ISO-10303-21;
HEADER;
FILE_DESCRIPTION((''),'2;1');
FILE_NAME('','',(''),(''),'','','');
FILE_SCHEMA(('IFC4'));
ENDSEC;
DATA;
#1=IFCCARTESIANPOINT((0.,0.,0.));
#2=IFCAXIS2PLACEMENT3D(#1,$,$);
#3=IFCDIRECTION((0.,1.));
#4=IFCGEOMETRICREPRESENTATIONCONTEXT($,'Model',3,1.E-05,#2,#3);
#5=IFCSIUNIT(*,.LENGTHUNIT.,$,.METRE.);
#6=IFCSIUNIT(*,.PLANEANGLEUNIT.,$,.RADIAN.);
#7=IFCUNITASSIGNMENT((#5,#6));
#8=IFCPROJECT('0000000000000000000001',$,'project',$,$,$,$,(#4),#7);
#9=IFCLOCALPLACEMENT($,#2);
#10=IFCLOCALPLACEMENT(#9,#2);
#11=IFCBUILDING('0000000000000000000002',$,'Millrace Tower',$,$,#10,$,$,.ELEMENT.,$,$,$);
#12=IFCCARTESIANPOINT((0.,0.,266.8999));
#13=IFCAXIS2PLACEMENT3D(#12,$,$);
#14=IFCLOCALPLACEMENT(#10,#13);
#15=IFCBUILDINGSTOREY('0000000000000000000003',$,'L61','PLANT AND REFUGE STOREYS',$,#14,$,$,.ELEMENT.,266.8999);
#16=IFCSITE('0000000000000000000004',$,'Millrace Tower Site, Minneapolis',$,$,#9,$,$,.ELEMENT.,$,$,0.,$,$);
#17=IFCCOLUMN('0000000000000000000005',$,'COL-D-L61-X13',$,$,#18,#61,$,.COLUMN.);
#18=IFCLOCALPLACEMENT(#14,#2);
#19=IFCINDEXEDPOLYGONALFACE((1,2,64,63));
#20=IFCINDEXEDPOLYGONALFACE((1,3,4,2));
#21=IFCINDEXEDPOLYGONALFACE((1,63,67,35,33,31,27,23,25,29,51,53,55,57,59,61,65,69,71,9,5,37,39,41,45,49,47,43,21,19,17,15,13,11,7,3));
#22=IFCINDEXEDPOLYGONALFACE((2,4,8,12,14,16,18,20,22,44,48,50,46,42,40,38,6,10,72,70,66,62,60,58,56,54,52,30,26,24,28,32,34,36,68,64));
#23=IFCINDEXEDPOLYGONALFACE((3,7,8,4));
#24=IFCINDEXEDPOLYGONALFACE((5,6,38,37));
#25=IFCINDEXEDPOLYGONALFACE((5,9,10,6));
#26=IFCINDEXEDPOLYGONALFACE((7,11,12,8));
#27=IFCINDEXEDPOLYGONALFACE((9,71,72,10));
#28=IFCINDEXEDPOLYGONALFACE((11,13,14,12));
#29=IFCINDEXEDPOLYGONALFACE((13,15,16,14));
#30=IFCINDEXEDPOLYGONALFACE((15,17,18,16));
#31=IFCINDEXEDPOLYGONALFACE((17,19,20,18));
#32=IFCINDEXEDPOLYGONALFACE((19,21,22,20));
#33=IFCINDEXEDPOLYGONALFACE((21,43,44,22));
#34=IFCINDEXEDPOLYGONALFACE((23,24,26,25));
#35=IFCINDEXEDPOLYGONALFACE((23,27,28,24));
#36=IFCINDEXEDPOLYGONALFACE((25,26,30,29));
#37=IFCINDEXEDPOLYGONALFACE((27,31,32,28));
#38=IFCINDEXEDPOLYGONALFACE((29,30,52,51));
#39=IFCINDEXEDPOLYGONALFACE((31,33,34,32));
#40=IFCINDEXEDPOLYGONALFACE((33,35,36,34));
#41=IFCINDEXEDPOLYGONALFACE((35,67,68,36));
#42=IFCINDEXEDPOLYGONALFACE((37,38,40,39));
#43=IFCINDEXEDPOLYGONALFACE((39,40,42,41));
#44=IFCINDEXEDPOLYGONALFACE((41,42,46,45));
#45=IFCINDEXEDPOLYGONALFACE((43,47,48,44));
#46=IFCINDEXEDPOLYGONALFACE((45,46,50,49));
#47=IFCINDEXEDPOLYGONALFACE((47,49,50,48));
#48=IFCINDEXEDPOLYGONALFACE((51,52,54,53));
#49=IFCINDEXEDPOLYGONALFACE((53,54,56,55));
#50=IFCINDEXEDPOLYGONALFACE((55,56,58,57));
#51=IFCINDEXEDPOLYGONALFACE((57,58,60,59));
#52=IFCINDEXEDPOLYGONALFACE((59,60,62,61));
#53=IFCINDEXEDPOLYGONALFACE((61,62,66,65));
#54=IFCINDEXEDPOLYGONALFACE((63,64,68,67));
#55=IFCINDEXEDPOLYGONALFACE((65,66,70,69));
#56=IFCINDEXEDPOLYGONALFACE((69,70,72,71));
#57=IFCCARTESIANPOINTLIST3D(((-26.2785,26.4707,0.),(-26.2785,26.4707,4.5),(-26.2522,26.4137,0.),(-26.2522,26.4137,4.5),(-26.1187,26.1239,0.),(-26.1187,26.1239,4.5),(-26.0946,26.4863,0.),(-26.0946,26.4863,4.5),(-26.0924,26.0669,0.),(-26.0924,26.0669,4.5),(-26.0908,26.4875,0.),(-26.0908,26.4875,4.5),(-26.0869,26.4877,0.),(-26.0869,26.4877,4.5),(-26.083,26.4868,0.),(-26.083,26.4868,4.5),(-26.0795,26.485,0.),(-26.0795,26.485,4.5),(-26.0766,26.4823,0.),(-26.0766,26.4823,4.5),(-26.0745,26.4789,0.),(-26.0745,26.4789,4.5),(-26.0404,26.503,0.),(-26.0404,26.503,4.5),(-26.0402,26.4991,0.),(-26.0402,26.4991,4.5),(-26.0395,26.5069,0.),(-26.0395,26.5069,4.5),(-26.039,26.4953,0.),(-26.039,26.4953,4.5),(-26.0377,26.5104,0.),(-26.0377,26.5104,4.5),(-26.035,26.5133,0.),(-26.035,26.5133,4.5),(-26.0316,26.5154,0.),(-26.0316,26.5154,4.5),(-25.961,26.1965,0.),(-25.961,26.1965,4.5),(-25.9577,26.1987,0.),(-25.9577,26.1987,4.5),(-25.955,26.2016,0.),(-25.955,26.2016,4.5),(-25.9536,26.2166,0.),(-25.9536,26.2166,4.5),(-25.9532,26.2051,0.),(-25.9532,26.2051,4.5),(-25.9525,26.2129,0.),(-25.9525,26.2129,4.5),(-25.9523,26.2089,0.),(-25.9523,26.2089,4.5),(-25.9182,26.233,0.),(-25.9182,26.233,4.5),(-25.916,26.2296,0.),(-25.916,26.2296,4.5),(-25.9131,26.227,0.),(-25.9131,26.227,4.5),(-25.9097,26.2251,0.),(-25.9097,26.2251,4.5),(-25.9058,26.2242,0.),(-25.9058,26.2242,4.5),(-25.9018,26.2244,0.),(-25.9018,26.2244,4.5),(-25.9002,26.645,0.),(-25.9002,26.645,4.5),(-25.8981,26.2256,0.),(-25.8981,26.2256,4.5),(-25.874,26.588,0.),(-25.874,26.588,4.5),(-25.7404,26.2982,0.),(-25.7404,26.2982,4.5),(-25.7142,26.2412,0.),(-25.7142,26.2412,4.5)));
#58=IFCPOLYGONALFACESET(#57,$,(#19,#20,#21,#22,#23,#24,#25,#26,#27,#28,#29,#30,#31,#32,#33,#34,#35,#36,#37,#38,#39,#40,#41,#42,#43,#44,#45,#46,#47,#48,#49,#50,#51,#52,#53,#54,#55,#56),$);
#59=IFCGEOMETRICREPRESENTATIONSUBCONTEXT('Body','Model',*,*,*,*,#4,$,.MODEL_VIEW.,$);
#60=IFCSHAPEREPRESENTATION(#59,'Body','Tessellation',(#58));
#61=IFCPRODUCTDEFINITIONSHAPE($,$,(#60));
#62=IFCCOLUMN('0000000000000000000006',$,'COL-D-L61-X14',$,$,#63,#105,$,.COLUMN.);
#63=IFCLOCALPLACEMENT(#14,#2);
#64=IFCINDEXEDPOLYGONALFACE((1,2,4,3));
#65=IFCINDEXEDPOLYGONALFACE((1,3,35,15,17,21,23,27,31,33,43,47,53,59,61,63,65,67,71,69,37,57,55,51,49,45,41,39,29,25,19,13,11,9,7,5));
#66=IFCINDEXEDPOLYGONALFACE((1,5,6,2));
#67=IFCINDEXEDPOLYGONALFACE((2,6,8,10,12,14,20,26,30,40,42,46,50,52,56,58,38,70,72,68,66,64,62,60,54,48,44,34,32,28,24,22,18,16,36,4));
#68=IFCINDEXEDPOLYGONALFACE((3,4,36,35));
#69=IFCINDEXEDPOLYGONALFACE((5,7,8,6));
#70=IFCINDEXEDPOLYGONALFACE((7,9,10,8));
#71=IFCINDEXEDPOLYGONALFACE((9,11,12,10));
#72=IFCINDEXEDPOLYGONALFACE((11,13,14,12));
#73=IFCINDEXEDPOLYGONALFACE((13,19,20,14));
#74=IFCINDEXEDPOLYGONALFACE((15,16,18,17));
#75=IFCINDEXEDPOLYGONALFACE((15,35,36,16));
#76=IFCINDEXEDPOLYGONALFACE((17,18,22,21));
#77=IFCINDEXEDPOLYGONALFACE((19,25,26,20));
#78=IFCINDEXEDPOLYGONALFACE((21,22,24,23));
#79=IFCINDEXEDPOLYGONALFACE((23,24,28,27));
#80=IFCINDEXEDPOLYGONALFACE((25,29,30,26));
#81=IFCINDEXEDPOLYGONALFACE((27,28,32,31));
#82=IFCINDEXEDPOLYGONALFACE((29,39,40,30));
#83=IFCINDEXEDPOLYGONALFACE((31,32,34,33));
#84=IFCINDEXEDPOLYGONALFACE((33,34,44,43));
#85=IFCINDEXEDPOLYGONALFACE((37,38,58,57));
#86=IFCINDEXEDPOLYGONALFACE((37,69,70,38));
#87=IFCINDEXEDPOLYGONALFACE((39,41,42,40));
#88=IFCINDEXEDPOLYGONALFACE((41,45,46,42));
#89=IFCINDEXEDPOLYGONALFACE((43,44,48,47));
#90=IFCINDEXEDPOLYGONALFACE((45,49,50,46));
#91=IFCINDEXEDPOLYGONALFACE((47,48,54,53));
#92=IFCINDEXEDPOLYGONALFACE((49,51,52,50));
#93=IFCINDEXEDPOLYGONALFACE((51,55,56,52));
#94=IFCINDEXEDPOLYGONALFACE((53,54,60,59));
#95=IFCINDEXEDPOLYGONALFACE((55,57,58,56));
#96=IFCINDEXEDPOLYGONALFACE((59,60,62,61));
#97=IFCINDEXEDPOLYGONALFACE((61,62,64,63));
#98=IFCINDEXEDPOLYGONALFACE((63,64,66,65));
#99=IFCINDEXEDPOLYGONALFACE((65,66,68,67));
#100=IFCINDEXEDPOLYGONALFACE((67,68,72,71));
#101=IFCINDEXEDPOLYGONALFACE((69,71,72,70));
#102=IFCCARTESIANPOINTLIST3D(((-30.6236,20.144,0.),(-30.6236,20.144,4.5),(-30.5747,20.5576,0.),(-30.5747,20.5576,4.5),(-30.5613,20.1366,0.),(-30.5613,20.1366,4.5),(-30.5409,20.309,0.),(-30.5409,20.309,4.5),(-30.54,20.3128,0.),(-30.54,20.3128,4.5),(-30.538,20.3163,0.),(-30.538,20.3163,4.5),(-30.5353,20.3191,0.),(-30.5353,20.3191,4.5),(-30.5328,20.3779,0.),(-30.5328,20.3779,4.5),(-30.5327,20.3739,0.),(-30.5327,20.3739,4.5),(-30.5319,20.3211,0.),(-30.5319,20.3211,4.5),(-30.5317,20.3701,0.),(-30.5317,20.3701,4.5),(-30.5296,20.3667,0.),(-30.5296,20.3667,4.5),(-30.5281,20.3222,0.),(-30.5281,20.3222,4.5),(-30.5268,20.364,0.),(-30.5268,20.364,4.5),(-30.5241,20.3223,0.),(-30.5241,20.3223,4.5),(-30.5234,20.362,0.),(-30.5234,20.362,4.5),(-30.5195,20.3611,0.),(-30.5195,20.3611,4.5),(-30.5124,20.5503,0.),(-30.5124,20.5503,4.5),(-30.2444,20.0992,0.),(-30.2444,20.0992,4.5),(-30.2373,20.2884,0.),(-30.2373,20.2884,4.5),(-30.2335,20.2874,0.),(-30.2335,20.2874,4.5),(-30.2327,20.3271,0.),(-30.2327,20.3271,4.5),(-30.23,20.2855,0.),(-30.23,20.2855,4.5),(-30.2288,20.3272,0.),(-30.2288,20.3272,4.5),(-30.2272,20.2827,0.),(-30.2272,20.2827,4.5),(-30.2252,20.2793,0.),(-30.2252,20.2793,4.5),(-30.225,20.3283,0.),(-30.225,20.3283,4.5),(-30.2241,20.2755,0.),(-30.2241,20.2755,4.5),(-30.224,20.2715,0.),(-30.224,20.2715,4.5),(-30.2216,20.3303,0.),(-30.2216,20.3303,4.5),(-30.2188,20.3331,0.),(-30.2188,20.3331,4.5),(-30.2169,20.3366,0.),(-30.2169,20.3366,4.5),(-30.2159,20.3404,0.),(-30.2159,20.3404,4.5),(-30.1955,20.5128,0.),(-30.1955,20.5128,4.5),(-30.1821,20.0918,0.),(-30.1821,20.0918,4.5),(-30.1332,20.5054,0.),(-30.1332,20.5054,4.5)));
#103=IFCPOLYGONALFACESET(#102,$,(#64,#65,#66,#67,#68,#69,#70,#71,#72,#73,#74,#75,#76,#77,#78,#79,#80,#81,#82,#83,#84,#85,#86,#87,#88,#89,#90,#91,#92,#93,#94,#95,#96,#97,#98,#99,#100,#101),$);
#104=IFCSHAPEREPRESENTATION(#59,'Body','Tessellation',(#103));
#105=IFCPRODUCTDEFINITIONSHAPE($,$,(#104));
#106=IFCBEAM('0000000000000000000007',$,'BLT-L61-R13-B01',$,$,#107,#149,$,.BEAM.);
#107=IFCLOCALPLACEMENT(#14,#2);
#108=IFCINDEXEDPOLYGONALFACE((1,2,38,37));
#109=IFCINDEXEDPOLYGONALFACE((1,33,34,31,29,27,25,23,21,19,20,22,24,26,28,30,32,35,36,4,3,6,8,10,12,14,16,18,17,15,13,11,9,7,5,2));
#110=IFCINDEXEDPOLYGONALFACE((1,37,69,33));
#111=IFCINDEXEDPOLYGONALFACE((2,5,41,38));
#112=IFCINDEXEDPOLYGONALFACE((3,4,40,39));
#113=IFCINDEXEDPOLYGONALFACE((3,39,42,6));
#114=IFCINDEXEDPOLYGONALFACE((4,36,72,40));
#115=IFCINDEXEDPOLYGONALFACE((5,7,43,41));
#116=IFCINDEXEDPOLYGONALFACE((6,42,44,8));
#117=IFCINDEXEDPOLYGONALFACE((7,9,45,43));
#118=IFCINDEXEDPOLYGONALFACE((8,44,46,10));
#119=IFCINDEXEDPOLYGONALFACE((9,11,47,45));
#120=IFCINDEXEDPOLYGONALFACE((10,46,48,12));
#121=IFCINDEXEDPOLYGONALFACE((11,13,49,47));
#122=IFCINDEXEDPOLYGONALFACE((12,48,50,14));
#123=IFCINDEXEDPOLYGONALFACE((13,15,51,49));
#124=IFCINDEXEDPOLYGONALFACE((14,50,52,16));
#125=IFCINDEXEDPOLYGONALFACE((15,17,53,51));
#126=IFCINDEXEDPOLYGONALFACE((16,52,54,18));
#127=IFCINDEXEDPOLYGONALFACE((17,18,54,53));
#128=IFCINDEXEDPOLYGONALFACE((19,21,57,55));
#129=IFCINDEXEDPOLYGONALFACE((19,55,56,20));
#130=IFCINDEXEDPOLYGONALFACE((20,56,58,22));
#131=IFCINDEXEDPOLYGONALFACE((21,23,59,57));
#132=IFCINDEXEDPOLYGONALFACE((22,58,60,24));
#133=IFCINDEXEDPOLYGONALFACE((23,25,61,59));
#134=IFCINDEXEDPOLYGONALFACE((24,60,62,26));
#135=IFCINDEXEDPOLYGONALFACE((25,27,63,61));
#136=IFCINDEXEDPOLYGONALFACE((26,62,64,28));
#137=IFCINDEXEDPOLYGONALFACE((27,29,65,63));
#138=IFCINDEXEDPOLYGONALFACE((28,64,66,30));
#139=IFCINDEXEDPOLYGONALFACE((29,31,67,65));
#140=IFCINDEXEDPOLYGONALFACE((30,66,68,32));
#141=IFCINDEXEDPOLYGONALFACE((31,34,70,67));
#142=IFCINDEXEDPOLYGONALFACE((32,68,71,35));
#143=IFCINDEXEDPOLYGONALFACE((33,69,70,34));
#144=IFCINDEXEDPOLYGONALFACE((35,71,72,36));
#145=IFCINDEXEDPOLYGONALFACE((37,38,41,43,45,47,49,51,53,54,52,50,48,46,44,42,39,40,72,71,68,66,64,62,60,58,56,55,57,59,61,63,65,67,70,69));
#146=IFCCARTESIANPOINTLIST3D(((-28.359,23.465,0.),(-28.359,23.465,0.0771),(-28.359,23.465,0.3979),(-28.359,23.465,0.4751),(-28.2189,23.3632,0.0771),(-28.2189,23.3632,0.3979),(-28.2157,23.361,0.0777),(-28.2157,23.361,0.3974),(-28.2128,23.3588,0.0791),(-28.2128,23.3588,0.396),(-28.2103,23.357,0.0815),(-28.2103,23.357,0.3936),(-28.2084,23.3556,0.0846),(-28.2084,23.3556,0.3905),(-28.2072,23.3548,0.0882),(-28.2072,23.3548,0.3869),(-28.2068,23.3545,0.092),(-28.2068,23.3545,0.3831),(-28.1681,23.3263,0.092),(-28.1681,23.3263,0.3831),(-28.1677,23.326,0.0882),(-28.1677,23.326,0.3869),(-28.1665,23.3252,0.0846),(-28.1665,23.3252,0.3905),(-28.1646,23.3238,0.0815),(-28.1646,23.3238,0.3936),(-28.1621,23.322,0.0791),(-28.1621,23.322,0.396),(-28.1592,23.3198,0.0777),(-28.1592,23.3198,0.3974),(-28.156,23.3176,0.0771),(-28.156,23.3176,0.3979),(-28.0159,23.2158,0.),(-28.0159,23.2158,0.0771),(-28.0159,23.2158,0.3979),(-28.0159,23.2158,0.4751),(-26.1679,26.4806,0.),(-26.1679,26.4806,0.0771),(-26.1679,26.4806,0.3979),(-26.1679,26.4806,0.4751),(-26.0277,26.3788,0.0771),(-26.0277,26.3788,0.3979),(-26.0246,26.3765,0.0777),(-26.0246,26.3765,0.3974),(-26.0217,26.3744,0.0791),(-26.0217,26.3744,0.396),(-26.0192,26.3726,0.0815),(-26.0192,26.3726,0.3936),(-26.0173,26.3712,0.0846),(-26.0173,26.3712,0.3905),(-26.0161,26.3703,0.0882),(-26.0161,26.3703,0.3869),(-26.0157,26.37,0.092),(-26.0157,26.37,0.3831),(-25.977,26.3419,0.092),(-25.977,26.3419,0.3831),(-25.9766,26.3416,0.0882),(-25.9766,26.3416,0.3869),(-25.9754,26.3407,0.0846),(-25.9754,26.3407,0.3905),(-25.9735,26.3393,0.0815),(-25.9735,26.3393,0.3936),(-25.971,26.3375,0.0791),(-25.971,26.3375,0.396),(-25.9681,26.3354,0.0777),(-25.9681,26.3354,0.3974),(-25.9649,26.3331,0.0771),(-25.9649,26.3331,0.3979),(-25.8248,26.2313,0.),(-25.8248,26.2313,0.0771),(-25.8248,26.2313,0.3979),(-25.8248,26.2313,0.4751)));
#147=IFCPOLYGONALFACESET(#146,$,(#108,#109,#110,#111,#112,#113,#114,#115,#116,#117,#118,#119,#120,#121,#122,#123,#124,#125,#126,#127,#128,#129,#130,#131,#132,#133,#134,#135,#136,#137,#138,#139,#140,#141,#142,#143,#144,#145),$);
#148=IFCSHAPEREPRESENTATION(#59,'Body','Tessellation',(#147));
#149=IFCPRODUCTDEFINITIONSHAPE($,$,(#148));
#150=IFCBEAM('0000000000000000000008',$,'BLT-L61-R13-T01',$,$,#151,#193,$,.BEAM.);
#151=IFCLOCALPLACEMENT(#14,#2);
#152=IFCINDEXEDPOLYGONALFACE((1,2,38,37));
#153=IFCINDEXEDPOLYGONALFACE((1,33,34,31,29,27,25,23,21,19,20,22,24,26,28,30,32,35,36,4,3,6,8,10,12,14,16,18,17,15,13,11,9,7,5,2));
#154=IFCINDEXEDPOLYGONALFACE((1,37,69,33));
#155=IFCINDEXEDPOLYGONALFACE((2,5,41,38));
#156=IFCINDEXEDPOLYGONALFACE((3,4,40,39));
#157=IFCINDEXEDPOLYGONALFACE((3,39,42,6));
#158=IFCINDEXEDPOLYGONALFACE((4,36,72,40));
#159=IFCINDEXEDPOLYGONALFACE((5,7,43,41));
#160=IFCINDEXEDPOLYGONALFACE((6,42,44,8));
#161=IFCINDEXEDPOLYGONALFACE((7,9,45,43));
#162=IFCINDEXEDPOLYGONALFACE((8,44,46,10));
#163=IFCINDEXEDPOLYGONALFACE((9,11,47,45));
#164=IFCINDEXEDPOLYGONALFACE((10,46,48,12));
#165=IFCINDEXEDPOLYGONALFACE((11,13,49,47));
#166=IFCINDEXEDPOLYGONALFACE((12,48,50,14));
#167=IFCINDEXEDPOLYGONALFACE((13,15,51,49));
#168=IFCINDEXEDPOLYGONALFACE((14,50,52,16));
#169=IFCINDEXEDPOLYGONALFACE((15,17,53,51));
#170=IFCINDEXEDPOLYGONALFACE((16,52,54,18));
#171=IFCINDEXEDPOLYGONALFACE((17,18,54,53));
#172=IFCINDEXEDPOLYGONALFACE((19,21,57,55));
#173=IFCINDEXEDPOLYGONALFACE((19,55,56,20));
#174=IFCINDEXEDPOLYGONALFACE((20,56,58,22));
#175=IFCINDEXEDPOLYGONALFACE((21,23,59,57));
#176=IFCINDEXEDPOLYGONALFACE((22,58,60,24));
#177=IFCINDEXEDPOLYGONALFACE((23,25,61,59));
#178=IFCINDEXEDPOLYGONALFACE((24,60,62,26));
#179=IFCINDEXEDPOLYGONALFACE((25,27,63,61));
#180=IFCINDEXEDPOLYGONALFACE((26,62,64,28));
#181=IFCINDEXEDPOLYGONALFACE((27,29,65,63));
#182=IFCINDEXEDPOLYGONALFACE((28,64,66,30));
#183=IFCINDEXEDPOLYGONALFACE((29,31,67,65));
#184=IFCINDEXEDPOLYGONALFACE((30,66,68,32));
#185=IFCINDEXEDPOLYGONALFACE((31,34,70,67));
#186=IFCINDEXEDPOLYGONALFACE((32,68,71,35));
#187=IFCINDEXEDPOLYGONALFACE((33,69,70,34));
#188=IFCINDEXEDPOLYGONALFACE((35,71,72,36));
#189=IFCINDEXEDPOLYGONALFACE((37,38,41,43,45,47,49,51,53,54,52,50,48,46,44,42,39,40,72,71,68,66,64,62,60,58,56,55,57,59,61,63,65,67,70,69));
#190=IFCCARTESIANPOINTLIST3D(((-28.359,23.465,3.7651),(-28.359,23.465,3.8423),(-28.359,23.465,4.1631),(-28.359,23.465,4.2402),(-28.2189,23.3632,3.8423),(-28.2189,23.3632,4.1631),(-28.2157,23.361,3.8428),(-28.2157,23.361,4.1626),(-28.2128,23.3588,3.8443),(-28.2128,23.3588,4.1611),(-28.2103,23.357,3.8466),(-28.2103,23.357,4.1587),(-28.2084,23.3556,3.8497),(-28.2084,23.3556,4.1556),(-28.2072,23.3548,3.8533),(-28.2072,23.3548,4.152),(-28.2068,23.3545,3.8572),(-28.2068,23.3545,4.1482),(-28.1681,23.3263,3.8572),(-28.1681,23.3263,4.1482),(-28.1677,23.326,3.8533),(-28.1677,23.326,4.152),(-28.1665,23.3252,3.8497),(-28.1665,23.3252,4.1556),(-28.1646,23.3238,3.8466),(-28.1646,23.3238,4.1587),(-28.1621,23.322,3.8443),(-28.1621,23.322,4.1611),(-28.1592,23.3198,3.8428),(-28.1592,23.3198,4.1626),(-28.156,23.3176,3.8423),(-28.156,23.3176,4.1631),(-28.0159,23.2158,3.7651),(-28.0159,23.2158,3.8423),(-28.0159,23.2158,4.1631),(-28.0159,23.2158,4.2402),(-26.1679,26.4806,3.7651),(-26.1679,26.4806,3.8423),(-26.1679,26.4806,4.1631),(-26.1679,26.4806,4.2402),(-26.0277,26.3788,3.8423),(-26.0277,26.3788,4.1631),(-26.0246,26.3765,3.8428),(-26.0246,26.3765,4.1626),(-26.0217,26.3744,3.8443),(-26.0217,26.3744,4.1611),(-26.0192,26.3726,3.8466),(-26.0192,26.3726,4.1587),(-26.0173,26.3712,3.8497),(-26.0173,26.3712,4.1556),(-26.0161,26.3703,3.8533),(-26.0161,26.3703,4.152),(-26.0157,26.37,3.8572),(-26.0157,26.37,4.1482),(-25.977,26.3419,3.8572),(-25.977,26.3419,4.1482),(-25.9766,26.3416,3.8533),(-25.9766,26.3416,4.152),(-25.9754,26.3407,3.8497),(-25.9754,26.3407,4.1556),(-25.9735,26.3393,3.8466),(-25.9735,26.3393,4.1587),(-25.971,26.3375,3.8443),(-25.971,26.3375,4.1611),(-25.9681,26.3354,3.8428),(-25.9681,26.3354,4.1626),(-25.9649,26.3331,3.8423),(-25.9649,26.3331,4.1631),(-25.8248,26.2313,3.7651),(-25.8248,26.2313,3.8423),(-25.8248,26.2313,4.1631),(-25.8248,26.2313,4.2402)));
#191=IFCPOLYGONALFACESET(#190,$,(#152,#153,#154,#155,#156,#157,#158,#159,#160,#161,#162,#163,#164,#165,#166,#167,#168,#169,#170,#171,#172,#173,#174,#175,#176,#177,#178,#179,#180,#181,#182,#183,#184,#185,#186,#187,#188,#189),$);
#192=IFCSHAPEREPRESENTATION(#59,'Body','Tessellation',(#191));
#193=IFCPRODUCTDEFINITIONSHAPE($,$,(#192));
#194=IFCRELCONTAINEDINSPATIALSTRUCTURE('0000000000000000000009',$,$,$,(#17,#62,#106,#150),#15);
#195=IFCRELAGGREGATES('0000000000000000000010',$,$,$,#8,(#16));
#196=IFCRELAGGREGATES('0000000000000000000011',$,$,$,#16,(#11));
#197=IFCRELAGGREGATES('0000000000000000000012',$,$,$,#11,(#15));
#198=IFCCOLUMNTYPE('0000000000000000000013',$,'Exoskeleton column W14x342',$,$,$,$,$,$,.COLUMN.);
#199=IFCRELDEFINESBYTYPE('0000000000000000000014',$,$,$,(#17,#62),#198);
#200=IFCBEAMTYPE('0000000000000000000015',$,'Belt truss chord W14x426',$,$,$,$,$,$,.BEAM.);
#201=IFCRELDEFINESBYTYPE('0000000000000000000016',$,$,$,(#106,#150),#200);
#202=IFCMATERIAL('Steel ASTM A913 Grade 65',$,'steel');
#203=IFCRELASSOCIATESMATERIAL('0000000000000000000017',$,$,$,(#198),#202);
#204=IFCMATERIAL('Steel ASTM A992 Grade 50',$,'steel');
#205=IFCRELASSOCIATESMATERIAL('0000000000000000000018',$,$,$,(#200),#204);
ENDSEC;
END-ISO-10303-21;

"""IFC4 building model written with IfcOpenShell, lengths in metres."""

from ifc_helpers import new_model, si_unit, direction, frame, origin, origin_2d, place, context, subcontext, project, spatial, i_section, extrude, material, material_profile, profile_set, type_object, element, save


model = new_model("IFC4")

# Units and contexts
model_context = context("Model", 3, precision=1e-05, world=origin(), true_north=direction((0.0, 1.0)))
body_context = subcontext(model_context, "Body", "Model", "MODEL_VIEW")
ifc_project = project(units=[si_unit("LENGTHUNIT", "METRE"), si_unit("PLANEANGLEUNIT", "RADIAN")], contexts=[model_context])

# Site, building, storey
site_placement = place(None, origin())
site = spatial("IfcSite", under=ifc_project, at=site_placement, Name="Millrace Tower Site, Minneapolis", CompositionType="ELEMENT", RefElevation=0.0)
building_placement = place(site_placement, origin())
building = spatial("IfcBuilding", under=site, at=building_placement, Name="Millrace Tower", CompositionType="ELEMENT")
storey_placement = place(building_placement, frame((0.0, 0.0, 266.8999)))
storey = spatial("IfcBuildingStorey", under=building, at=storey_placement, Name="L61", Description="PLANT AND REFUGE STOREYS", CompositionType="ELEMENT", Elevation=266.8999)

# Columns
ifc_material_1 = material(Name="Steel ASTM A913 Grade 65", Category="steel")
ifc_material_profile_1 = material_profile(ifc_material_1, i_section(OverallWidth=0.4165, OverallDepth=0.4446, WebThickness=0.0391, FlangeThickness=0.0627, FilletRadius=0.0151, at=origin_2d()))
ifc_profile_set_1 = profile_set([ifc_material_profile_1], Name="Steel ASTM A913 Grade 65")
column_type = type_object("IfcColumnType", Name="Exoskeleton column W14x342", PredefinedType="COLUMN", material=ifc_profile_set_1)
for number, where, z_axis, x_axis, name in (
    (1, (-25.9963, 26.356, 0.0), (0.0, 0.0, 1.0), (-0.908192, -0.418553, 0.0), "COL-D-L61-X13"),
    (2, (-30.3784, 20.3247, 0.0), (0.0, 0.0, 1.0), (-0.117421, -0.993082, 0.0), "COL-D-L61-X14"),
):
    element("IfcColumn", number, at=place(storey_placement, frame(where, z_axis=z_axis, x_axis=x_axis)), inside=storey, type_object=column_type, Name=name, PredefinedType="COLUMN", context=body_context, shape_type="SweptSolid", body=[
        extrude(i_section(OverallWidth=0.4165, OverallDepth=0.4446, WebThickness=0.0391, FlangeThickness=0.0627, FilletRadius=0.0151, at=origin_2d()), origin(), (0.0, 0.0, 1.0), 4.5),
    ])

# Beams
ifc_material_2 = material(Name="Steel ASTM A992 Grade 50", Category="steel")
ifc_material_profile_2 = material_profile(ifc_material_2, i_section(OverallWidth=0.4241, OverallDepth=0.4751, WebThickness=0.0479, FlangeThickness=0.0771, FilletRadius=0.0149, at=origin_2d()))
ifc_profile_set_2 = profile_set([ifc_material_profile_2], Name="Steel ASTM A992 Grade 50")
beam_type_1 = type_object("IfcBeamType", Name="Belt truss chord W14x426", PredefinedType="BEAM", material=ifc_profile_set_2)
for number, where, z_axis, x_axis, name in (
    (3, (-25.9963, 26.356, 0.2375), (-0.587817, -0.808994, 0.0), (0.808994, -0.587817, 0.0), "BLT-L61-R13-B01"),
    (4, (-25.9963, 26.356, 4.0027), (-0.587817, -0.808994, 0.0), (0.808994, -0.587817, 0.0), "BLT-L61-R13-T01"),
):
    element("IfcBeam", number, at=place(storey_placement, frame(where, z_axis=z_axis, x_axis=x_axis)), inside=storey, type_object=beam_type_1, Name=name, PredefinedType="BEAM", context=body_context, shape_type="SweptSolid", body=[
        extrude(i_section(OverallWidth=0.4241, OverallDepth=0.4751, WebThickness=0.0479, FlangeThickness=0.0771, FilletRadius=0.0149, at=origin_2d()), origin(), (0.0, 0.0, 1.0), 3.7275),
    ])

save(model, "model.ifc")
